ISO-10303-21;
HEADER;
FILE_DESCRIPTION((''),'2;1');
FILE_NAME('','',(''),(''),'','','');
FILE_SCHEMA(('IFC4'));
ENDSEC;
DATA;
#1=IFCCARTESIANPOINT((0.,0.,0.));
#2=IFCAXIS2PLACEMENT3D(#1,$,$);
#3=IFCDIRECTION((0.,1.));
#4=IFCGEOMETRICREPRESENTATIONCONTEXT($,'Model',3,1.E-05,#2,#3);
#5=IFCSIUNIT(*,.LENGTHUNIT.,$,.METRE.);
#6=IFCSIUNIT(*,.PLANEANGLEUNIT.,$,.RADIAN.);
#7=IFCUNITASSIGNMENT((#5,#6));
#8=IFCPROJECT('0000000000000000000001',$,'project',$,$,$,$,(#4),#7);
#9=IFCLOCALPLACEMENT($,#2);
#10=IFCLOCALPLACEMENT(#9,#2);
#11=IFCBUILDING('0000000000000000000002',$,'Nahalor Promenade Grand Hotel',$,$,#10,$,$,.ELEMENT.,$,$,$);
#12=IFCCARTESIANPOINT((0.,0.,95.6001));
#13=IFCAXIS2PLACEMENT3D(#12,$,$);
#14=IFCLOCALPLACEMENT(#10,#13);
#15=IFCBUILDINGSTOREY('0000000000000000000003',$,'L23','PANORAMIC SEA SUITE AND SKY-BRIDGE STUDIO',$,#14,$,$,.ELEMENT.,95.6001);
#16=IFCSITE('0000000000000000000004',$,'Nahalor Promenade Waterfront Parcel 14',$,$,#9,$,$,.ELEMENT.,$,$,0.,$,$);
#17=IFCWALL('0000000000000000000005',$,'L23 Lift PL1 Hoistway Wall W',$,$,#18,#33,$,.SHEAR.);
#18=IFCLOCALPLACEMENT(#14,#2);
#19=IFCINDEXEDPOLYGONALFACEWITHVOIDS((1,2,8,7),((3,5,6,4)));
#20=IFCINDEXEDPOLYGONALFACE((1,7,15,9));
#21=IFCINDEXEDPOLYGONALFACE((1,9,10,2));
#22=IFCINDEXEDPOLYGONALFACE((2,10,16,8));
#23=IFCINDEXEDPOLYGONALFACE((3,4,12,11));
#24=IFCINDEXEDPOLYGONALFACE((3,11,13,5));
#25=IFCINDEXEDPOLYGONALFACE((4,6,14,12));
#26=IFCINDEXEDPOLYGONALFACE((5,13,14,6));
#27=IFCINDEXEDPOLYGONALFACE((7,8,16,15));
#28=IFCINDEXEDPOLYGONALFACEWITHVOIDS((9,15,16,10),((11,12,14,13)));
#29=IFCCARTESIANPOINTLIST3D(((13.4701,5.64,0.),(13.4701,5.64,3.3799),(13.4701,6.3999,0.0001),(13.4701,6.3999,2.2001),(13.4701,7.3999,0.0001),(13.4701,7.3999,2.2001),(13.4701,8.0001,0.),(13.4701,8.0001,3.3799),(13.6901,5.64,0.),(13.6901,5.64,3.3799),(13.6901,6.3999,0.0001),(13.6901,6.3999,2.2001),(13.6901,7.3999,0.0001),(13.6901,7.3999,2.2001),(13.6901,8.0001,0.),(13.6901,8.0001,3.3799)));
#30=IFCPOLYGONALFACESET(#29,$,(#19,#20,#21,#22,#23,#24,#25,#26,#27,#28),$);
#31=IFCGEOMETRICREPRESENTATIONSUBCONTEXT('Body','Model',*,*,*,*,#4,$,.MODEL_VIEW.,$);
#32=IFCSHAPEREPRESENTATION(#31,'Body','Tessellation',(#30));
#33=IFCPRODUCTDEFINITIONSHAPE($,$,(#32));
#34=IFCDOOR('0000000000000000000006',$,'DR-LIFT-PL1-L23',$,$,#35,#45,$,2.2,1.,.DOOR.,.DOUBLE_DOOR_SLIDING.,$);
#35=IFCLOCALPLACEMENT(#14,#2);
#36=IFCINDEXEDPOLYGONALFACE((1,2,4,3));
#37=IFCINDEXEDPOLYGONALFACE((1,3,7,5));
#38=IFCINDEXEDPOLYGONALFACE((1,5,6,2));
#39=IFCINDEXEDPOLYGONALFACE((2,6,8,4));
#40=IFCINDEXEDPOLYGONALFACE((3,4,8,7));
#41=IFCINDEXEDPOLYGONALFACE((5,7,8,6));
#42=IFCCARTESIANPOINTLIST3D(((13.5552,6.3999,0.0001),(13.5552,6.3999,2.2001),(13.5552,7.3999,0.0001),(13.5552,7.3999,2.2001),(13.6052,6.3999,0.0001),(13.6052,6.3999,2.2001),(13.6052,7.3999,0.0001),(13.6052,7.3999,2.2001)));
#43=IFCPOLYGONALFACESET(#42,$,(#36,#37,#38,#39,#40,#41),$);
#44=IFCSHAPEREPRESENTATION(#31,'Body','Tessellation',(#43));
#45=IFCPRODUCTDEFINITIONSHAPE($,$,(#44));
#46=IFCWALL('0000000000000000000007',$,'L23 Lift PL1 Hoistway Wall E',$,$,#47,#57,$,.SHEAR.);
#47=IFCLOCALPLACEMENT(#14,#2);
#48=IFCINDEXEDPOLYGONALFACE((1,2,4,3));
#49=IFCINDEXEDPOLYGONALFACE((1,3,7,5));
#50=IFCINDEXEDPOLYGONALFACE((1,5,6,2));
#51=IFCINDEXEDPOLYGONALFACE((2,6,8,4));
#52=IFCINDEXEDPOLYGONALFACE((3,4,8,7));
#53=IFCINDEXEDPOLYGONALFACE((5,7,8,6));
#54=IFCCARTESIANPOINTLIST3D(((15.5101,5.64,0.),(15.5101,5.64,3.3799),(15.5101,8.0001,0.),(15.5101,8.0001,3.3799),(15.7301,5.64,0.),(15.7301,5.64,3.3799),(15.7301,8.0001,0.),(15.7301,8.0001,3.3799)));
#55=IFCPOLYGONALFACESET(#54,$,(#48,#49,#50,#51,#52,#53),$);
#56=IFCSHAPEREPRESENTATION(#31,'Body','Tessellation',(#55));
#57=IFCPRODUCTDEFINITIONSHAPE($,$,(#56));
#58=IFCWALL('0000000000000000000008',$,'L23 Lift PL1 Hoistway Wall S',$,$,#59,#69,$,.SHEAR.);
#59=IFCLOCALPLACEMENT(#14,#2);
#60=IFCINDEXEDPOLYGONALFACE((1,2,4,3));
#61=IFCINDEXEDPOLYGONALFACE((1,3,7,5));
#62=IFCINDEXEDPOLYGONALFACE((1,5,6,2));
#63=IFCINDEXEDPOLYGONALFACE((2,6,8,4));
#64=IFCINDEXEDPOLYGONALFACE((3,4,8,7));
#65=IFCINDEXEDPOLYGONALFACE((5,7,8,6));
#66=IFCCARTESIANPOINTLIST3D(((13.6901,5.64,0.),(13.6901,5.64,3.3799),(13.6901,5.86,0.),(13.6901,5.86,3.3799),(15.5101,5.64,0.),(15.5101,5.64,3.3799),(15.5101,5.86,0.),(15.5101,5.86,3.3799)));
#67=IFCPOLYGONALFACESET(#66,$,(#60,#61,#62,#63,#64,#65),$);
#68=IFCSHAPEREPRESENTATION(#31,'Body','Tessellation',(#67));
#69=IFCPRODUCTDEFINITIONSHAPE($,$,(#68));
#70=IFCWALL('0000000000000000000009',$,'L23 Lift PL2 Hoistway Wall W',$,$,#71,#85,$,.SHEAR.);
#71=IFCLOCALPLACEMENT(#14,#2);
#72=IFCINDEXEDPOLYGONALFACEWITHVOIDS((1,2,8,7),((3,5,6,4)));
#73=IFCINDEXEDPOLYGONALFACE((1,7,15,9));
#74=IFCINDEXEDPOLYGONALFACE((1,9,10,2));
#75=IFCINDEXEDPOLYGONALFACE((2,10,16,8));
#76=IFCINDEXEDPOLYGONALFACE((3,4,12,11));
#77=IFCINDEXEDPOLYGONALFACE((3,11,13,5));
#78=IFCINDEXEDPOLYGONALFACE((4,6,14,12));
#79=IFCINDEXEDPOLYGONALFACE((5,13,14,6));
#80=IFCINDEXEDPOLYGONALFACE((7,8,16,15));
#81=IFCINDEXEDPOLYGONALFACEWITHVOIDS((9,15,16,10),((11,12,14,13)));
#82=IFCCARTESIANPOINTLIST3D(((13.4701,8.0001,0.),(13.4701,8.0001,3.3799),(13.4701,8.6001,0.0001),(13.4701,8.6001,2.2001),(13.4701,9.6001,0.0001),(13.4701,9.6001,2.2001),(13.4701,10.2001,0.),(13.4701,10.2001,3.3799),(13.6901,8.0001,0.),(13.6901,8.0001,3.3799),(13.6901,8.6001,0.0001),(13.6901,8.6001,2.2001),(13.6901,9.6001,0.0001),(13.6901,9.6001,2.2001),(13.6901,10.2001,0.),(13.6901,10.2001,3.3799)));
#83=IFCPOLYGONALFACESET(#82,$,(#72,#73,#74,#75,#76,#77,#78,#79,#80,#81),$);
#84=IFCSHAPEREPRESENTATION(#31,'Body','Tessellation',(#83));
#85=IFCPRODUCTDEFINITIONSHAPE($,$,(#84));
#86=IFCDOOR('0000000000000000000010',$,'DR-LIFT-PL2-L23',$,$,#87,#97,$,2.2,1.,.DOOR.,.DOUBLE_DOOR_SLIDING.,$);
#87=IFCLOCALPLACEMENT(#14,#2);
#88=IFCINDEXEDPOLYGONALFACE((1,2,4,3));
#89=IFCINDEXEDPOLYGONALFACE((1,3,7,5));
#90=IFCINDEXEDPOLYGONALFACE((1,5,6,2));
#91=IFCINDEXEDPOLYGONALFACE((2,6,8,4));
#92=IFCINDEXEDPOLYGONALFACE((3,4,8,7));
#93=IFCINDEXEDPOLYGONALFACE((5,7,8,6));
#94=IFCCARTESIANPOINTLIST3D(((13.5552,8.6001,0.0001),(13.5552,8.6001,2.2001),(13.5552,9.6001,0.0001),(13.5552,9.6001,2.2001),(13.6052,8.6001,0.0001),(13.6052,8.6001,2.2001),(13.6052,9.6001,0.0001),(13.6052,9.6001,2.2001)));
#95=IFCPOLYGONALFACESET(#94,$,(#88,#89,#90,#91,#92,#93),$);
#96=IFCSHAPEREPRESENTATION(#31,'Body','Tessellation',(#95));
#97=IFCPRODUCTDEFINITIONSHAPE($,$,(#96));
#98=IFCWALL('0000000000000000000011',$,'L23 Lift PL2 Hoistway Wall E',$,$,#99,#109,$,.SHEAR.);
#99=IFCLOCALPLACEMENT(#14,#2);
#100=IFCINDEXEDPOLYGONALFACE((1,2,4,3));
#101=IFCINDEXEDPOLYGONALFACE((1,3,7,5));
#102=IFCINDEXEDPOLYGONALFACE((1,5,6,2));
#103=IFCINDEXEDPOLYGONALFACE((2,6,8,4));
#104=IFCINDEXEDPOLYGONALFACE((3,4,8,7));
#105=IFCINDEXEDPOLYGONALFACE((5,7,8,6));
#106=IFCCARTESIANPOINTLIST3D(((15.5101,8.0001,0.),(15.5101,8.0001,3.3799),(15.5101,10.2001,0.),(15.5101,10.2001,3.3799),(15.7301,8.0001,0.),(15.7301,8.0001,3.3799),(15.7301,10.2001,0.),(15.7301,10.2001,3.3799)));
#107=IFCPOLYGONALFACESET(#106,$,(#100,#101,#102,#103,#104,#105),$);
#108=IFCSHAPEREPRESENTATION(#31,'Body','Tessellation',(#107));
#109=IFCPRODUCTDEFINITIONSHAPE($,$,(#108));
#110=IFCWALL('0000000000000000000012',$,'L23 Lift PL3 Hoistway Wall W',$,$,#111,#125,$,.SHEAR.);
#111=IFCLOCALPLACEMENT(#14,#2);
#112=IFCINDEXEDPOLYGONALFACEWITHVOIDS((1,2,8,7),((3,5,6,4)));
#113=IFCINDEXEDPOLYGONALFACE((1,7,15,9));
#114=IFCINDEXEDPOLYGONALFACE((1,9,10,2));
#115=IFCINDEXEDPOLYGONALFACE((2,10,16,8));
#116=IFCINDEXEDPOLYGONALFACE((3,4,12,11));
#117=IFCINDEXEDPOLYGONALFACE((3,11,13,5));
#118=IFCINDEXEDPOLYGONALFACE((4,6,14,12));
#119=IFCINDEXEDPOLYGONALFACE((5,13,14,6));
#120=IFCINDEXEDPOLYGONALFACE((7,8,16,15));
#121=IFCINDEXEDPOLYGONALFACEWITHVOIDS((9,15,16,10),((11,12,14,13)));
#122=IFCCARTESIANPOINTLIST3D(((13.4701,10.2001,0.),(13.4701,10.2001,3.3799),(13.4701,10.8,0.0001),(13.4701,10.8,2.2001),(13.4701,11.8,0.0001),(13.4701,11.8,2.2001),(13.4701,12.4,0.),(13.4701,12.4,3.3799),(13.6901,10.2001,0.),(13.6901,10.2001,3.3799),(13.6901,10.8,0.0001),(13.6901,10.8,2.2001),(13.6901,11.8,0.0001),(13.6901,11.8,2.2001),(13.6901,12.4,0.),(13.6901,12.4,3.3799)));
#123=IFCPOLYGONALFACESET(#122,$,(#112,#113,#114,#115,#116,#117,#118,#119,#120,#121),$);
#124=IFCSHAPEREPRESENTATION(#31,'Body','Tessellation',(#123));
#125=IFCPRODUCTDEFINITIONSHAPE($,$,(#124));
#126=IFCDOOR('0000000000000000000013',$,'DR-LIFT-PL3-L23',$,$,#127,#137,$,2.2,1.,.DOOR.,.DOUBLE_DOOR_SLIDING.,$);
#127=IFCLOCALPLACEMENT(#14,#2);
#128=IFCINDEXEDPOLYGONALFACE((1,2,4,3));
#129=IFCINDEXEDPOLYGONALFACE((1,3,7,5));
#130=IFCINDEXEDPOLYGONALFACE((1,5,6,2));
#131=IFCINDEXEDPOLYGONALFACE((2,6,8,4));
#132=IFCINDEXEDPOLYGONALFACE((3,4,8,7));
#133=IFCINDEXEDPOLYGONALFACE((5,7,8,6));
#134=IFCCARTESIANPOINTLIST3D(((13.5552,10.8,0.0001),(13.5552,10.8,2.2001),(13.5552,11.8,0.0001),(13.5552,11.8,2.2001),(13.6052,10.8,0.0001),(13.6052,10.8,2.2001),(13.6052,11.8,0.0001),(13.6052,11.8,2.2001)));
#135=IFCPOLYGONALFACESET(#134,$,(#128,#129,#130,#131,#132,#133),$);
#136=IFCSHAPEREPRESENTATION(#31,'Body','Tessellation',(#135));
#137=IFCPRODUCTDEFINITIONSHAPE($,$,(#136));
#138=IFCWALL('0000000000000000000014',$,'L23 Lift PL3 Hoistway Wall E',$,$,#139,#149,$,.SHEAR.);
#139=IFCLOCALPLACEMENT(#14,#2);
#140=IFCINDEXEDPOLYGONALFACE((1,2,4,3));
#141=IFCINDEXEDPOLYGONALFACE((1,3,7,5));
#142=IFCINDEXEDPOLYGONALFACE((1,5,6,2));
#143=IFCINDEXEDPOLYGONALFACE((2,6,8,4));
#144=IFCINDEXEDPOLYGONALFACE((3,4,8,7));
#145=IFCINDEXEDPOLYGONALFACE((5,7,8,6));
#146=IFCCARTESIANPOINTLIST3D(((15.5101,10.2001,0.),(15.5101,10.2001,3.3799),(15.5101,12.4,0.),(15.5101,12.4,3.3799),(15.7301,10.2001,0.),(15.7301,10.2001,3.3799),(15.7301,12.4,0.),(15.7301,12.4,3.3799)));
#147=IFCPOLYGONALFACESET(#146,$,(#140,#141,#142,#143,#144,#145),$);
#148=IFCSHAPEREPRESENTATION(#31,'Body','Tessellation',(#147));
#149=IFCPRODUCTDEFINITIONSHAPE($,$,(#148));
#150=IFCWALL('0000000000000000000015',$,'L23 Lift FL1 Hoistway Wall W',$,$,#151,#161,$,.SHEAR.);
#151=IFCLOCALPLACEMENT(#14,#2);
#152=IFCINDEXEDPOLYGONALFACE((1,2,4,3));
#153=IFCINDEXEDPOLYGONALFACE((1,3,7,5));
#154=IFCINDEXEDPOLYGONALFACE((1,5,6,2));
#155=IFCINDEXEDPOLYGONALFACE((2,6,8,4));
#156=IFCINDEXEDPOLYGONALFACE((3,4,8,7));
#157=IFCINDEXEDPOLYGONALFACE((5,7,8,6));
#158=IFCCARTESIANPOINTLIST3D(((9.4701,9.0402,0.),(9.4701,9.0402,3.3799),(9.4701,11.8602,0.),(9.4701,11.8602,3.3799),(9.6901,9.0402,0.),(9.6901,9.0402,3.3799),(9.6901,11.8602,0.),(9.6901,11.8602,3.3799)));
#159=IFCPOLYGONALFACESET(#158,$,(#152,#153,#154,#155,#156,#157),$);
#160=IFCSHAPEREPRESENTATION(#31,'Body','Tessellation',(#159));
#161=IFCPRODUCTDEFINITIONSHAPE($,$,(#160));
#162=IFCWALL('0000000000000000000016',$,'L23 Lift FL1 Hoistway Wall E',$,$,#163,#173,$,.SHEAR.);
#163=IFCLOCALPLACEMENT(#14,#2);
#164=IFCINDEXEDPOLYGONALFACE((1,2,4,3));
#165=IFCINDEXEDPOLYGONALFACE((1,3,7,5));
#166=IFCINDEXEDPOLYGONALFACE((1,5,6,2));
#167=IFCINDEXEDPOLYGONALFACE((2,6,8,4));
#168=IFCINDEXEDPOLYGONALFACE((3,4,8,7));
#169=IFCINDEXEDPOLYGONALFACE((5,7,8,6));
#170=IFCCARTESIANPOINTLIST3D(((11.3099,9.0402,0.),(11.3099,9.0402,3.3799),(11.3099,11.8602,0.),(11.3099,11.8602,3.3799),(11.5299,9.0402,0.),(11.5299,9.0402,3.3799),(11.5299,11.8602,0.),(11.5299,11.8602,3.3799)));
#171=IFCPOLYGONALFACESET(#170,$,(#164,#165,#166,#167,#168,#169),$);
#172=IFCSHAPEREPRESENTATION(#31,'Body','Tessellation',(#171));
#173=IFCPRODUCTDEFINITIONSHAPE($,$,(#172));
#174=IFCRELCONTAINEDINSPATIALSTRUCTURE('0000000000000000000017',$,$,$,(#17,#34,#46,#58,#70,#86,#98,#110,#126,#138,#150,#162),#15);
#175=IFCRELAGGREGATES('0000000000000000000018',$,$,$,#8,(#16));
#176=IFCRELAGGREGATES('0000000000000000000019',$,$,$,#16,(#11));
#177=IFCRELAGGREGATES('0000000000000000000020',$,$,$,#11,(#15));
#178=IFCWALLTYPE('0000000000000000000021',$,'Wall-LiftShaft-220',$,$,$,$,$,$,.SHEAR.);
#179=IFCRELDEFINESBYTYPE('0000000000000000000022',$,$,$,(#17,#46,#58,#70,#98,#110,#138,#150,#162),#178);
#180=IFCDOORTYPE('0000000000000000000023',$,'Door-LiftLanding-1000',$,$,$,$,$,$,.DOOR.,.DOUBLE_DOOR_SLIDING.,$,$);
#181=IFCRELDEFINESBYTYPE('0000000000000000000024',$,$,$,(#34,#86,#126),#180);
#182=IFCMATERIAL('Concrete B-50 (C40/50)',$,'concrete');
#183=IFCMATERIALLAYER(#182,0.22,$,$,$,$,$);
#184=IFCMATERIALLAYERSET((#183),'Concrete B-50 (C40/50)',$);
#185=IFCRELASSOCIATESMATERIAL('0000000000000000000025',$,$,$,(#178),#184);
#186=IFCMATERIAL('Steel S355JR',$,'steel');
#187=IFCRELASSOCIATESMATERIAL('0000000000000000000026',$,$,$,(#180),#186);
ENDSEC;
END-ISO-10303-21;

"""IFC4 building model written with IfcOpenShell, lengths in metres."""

from ifc_helpers import new_model, si_unit, direction, frame, frame_2d, origin, place, context, subcontext, project, spatial, rectangle, extrude, source, transform, mapped, material, layer, layer_set, type_object, element, fill, save


model = new_model("IFC4")

# Units and contexts
model_context = context("Model", 3, precision=1e-05, world=origin(), true_north=direction((0.0, 1.0)))
body_context = subcontext(model_context, "Body", "Model", "MODEL_VIEW")
ifc_project = project(units=[si_unit("LENGTHUNIT", "METRE"), si_unit("PLANEANGLEUNIT", "RADIAN")], contexts=[model_context])

# Site, building, storey
site_placement = place(None, origin())
site = spatial("IfcSite", under=ifc_project, at=site_placement, Name="Nahalor Promenade Waterfront Parcel 14", CompositionType="ELEMENT", RefElevation=0.0)
building_placement = place(site_placement, origin())
building = spatial("IfcBuilding", under=site, at=building_placement, Name="Nahalor Promenade Grand Hotel", CompositionType="ELEMENT")
storey_placement = place(building_placement, frame((0.0, 0.0, 95.6001)))
storey = spatial("IfcBuildingStorey", under=building, at=storey_placement, Name="L23", Description="PANORAMIC SEA SUITE AND SKY-BRIDGE STUDIO", CompositionType="ELEMENT", Elevation=95.6001)

# Shared definitions
ifc_material_1 = material(Name="Steel S355JR", Category="steel")

# Shared definitions
ifc_material_2 = material(Name="Concrete B-50 (C40/50)", Category="concrete")

# Shared definitions
ifc_layer_1 = layer(ifc_material_2, 0.22)
ifc_layer_set_1 = layer_set([ifc_layer_1], Name="Concrete B-50 (C40/50)")
wall_type_1 = type_object("IfcWallType", Name="Wall-LiftShaft-220", PredefinedType="SHEAR", material=ifc_layer_set_1)

# Wall, opening, door
shared_shape_1 = source(origin(), body_context, "Body", "SweptSolid", [
    extrude(rectangle(XDim=2.3601, YDim=0.22, at=frame_2d((1.1802, 0.0))), origin(), (0.0, 0.0, 1.0), 3.3799),
])
wall_1_placement = place(storey_placement, frame((13.5801, 5.6399, 0.0), z_axis=(0.0, 0.0, 1.0), x_axis=(0.0, 1.0, 0.0)))
wall_1 = element("IfcWall", 1, at=wall_1_placement, inside=storey, type_object=wall_type_1, Name="L23 Lift PL1 Hoistway Wall W", PredefinedType="SHEAR", context=body_context, shape_type="MappedRepresentation", body=[
    mapped(shared_shape_1, transform((0.0, 0.0, 0.0), scale=1.0)),
])
opening_1_placement = place(wall_1_placement, frame((0.76, 0.0, 0.0)))
opening_1 = element("IfcOpeningElement", 2, at=opening_1_placement, cuts=wall_1, PredefinedType="OPENING", context=body_context, shape_type="SweptSolid", body=[
    extrude(rectangle(XDim=1.0, YDim=2.2, at=frame_2d((0.5, 1.1001))), frame((0.0, 0.1199, 0.0), z_axis=(0.0, -1.0, 0.0), x_axis=(1.0, 0.0, 0.0)), (0.0, 0.0, 1.0), 0.24),
])
door_type_1 = type_object("IfcDoorType", Name="Door-LiftLanding-1000", OperationType="DOUBLE_DOOR_SLIDING", PredefinedType="DOOR", material=ifc_material_1)
shared_shape_2 = source(origin(), body_context, "Body", "SweptSolid", [
    extrude(rectangle(XDim=1.0, YDim=2.2, at=frame_2d((0.5, 1.1001))), frame((0.0, 0.0249, 0.0), z_axis=(0.0, -1.0, 0.0), x_axis=(1.0, 0.0, 0.0)), (0.0, 0.0, 1.0), 0.05),
])
door_1_placement = place(opening_1_placement, origin())
door_1 = element("IfcDoor", 3, at=door_1_placement, inside=storey, type_object=door_type_1, Name="DR-LIFT-PL1-L23", OperationType="DOUBLE_DOOR_SLIDING", OverallHeight=2.2, OverallWidth=1.0, PredefinedType="DOOR", context=body_context, shape_type="MappedRepresentation", body=[
    mapped(shared_shape_2, transform((0.0, 0.0, 0.0), scale=1.0)),
])
fill(opening_1, door_1)

# Walls
wall_2_placement = place(storey_placement, frame((15.6201, 5.6399, 0.0), z_axis=(0.0, 0.0, 1.0), x_axis=(0.0, 1.0, 0.0)))
element("IfcWall", 4, at=wall_2_placement, inside=storey, type_object=wall_type_1, Name="L23 Lift PL1 Hoistway Wall E", PredefinedType="SHEAR", context=body_context, shape_type="MappedRepresentation", body=[
    mapped(shared_shape_1, transform((0.0, 0.0, 0.0), scale=1.0)),
])
shared_shape_3 = source(origin(), body_context, "Body", "SweptSolid", [
    extrude(rectangle(XDim=1.8201, YDim=0.22, at=frame_2d((0.9102, 0.0))), origin(), (0.0, 0.0, 1.0), 3.3799),
])
wall_3_placement = place(storey_placement, frame((13.6899, 5.75, 0.0), z_axis=(0.0, 0.0, 1.0), x_axis=(1.0, 0.0, 0.0)))
element("IfcWall", 5, at=wall_3_placement, inside=storey, type_object=wall_type_1, Name="L23 Lift PL1 Hoistway Wall S", PredefinedType="SHEAR", context=body_context, shape_type="MappedRepresentation", body=[
    mapped(shared_shape_3, transform((0.0, 0.0, 0.0), scale=1.0)),
])

# Wall, opening, door
shared_shape_4 = source(origin(), body_context, "Body", "SweptSolid", [
    extrude(rectangle(XDim=2.2, YDim=0.22, at=frame_2d((1.1001, 0.0))), origin(), (0.0, 0.0, 1.0), 3.3799),
])
wall_4_placement = place(storey_placement, frame((13.5801, 8.0, 0.0), z_axis=(0.0, 0.0, 1.0), x_axis=(0.0, 1.0, 0.0)))
wall_4 = element("IfcWall", 6, at=wall_4_placement, inside=storey, type_object=wall_type_1, Name="L23 Lift PL2 Hoistway Wall W", PredefinedType="SHEAR", context=body_context, shape_type="MappedRepresentation", body=[
    mapped(shared_shape_4, transform((0.0, 0.0, 0.0), scale=1.0)),
])
opening_2_placement = place(wall_4_placement, frame((0.6001, 0.0, 0.0)))
opening_2 = element("IfcOpeningElement", 7, at=opening_2_placement, cuts=wall_4, PredefinedType="OPENING", context=body_context, shape_type="SweptSolid", body=[
    extrude(rectangle(XDim=1.0, YDim=2.2, at=frame_2d((0.5, 1.1001))), frame((0.0, 0.1199, 0.0), z_axis=(0.0, -1.0, 0.0), x_axis=(1.0, 0.0, 0.0)), (0.0, 0.0, 1.0), 0.24),
])
door_2_placement = place(opening_2_placement, origin())
door_2 = element("IfcDoor", 8, at=door_2_placement, inside=storey, type_object=door_type_1, Name="DR-LIFT-PL2-L23", OperationType="DOUBLE_DOOR_SLIDING", OverallHeight=2.2, OverallWidth=1.0, PredefinedType="DOOR", context=body_context, shape_type="MappedRepresentation", body=[
    mapped(shared_shape_2, transform((0.0, 0.0, 0.0), scale=1.0)),
])
fill(opening_2, door_2)

# Wall
wall_5_placement = place(storey_placement, frame((15.6201, 8.0, 0.0), z_axis=(0.0, 0.0, 1.0), x_axis=(0.0, 1.0, 0.0)))
element("IfcWall", 9, at=wall_5_placement, inside=storey, type_object=wall_type_1, Name="L23 Lift PL2 Hoistway Wall E", PredefinedType="SHEAR", context=body_context, shape_type="MappedRepresentation", body=[
    mapped(shared_shape_4, transform((0.0, 0.0, 0.0), scale=1.0)),
])

# Wall, opening, door
wall_6_placement = place(storey_placement, frame((13.5801, 10.2, 0.0), z_axis=(0.0, 0.0, 1.0), x_axis=(0.0, 1.0, 0.0)))
wall_6 = element("IfcWall", 10, at=wall_6_placement, inside=storey, type_object=wall_type_1, Name="L23 Lift PL3 Hoistway Wall W", PredefinedType="SHEAR", context=body_context, shape_type="MappedRepresentation", body=[
    mapped(shared_shape_4, transform((0.0, 0.0, 0.0), scale=1.0)),
])
opening_3_placement = place(wall_6_placement, frame((0.6001, 0.0, 0.0)))
opening_3 = element("IfcOpeningElement", 11, at=opening_3_placement, cuts=wall_6, PredefinedType="OPENING", context=body_context, shape_type="SweptSolid", body=[
    extrude(rectangle(XDim=1.0, YDim=2.2, at=frame_2d((0.5, 1.1001))), frame((0.0, 0.1199, 0.0), z_axis=(0.0, -1.0, 0.0), x_axis=(1.0, 0.0, 0.0)), (0.0, 0.0, 1.0), 0.24),
])
door_3_placement = place(opening_3_placement, origin())
door_3 = element("IfcDoor", 12, at=door_3_placement, inside=storey, type_object=door_type_1, Name="DR-LIFT-PL3-L23", OperationType="DOUBLE_DOOR_SLIDING", OverallHeight=2.2, OverallWidth=1.0, PredefinedType="DOOR", context=body_context, shape_type="MappedRepresentation", body=[
    mapped(shared_shape_2, transform((0.0, 0.0, 0.0), scale=1.0)),
])
fill(opening_3, door_3)

# Walls
wall_7_placement = place(storey_placement, frame((15.6201, 10.2, 0.0), z_axis=(0.0, 0.0, 1.0), x_axis=(0.0, 1.0, 0.0)))
element("IfcWall", 13, at=wall_7_placement, inside=storey, type_object=wall_type_1, Name="L23 Lift PL3 Hoistway Wall E", PredefinedType="SHEAR", context=body_context, shape_type="MappedRepresentation", body=[
    mapped(shared_shape_4, transform((0.0, 0.0, 0.0), scale=1.0)),
])
shared_shape_5 = source(origin(), body_context, "Body", "SweptSolid", [
    extrude(rectangle(XDim=2.8201, YDim=0.22, at=frame_2d((1.4102, 0.0))), origin(), (0.0, 0.0, 1.0), 3.3799),
])
for number, where, z_axis, x_axis, name in (
    (14, (9.5801, 9.04, 0.0), (0.0, 0.0, 1.0), (0.0, 1.0, 0.0), "L23 Lift FL1 Hoistway Wall W"),
    (15, (11.4199, 9.04, 0.0), (0.0, 0.0, 1.0), (0.0, 1.0, 0.0), "L23 Lift FL1 Hoistway Wall E"),
):
    element("IfcWall", number, at=place(storey_placement, frame(where, z_axis=z_axis, x_axis=x_axis)), inside=storey, type_object=wall_type_1, Name=name, PredefinedType="SHEAR", context=body_context, shape_type="MappedRepresentation", body=[
        mapped(shared_shape_5, transform((0.0, 0.0, 0.0), scale=1.0)),
    ])

save(model, "model.ifc")
